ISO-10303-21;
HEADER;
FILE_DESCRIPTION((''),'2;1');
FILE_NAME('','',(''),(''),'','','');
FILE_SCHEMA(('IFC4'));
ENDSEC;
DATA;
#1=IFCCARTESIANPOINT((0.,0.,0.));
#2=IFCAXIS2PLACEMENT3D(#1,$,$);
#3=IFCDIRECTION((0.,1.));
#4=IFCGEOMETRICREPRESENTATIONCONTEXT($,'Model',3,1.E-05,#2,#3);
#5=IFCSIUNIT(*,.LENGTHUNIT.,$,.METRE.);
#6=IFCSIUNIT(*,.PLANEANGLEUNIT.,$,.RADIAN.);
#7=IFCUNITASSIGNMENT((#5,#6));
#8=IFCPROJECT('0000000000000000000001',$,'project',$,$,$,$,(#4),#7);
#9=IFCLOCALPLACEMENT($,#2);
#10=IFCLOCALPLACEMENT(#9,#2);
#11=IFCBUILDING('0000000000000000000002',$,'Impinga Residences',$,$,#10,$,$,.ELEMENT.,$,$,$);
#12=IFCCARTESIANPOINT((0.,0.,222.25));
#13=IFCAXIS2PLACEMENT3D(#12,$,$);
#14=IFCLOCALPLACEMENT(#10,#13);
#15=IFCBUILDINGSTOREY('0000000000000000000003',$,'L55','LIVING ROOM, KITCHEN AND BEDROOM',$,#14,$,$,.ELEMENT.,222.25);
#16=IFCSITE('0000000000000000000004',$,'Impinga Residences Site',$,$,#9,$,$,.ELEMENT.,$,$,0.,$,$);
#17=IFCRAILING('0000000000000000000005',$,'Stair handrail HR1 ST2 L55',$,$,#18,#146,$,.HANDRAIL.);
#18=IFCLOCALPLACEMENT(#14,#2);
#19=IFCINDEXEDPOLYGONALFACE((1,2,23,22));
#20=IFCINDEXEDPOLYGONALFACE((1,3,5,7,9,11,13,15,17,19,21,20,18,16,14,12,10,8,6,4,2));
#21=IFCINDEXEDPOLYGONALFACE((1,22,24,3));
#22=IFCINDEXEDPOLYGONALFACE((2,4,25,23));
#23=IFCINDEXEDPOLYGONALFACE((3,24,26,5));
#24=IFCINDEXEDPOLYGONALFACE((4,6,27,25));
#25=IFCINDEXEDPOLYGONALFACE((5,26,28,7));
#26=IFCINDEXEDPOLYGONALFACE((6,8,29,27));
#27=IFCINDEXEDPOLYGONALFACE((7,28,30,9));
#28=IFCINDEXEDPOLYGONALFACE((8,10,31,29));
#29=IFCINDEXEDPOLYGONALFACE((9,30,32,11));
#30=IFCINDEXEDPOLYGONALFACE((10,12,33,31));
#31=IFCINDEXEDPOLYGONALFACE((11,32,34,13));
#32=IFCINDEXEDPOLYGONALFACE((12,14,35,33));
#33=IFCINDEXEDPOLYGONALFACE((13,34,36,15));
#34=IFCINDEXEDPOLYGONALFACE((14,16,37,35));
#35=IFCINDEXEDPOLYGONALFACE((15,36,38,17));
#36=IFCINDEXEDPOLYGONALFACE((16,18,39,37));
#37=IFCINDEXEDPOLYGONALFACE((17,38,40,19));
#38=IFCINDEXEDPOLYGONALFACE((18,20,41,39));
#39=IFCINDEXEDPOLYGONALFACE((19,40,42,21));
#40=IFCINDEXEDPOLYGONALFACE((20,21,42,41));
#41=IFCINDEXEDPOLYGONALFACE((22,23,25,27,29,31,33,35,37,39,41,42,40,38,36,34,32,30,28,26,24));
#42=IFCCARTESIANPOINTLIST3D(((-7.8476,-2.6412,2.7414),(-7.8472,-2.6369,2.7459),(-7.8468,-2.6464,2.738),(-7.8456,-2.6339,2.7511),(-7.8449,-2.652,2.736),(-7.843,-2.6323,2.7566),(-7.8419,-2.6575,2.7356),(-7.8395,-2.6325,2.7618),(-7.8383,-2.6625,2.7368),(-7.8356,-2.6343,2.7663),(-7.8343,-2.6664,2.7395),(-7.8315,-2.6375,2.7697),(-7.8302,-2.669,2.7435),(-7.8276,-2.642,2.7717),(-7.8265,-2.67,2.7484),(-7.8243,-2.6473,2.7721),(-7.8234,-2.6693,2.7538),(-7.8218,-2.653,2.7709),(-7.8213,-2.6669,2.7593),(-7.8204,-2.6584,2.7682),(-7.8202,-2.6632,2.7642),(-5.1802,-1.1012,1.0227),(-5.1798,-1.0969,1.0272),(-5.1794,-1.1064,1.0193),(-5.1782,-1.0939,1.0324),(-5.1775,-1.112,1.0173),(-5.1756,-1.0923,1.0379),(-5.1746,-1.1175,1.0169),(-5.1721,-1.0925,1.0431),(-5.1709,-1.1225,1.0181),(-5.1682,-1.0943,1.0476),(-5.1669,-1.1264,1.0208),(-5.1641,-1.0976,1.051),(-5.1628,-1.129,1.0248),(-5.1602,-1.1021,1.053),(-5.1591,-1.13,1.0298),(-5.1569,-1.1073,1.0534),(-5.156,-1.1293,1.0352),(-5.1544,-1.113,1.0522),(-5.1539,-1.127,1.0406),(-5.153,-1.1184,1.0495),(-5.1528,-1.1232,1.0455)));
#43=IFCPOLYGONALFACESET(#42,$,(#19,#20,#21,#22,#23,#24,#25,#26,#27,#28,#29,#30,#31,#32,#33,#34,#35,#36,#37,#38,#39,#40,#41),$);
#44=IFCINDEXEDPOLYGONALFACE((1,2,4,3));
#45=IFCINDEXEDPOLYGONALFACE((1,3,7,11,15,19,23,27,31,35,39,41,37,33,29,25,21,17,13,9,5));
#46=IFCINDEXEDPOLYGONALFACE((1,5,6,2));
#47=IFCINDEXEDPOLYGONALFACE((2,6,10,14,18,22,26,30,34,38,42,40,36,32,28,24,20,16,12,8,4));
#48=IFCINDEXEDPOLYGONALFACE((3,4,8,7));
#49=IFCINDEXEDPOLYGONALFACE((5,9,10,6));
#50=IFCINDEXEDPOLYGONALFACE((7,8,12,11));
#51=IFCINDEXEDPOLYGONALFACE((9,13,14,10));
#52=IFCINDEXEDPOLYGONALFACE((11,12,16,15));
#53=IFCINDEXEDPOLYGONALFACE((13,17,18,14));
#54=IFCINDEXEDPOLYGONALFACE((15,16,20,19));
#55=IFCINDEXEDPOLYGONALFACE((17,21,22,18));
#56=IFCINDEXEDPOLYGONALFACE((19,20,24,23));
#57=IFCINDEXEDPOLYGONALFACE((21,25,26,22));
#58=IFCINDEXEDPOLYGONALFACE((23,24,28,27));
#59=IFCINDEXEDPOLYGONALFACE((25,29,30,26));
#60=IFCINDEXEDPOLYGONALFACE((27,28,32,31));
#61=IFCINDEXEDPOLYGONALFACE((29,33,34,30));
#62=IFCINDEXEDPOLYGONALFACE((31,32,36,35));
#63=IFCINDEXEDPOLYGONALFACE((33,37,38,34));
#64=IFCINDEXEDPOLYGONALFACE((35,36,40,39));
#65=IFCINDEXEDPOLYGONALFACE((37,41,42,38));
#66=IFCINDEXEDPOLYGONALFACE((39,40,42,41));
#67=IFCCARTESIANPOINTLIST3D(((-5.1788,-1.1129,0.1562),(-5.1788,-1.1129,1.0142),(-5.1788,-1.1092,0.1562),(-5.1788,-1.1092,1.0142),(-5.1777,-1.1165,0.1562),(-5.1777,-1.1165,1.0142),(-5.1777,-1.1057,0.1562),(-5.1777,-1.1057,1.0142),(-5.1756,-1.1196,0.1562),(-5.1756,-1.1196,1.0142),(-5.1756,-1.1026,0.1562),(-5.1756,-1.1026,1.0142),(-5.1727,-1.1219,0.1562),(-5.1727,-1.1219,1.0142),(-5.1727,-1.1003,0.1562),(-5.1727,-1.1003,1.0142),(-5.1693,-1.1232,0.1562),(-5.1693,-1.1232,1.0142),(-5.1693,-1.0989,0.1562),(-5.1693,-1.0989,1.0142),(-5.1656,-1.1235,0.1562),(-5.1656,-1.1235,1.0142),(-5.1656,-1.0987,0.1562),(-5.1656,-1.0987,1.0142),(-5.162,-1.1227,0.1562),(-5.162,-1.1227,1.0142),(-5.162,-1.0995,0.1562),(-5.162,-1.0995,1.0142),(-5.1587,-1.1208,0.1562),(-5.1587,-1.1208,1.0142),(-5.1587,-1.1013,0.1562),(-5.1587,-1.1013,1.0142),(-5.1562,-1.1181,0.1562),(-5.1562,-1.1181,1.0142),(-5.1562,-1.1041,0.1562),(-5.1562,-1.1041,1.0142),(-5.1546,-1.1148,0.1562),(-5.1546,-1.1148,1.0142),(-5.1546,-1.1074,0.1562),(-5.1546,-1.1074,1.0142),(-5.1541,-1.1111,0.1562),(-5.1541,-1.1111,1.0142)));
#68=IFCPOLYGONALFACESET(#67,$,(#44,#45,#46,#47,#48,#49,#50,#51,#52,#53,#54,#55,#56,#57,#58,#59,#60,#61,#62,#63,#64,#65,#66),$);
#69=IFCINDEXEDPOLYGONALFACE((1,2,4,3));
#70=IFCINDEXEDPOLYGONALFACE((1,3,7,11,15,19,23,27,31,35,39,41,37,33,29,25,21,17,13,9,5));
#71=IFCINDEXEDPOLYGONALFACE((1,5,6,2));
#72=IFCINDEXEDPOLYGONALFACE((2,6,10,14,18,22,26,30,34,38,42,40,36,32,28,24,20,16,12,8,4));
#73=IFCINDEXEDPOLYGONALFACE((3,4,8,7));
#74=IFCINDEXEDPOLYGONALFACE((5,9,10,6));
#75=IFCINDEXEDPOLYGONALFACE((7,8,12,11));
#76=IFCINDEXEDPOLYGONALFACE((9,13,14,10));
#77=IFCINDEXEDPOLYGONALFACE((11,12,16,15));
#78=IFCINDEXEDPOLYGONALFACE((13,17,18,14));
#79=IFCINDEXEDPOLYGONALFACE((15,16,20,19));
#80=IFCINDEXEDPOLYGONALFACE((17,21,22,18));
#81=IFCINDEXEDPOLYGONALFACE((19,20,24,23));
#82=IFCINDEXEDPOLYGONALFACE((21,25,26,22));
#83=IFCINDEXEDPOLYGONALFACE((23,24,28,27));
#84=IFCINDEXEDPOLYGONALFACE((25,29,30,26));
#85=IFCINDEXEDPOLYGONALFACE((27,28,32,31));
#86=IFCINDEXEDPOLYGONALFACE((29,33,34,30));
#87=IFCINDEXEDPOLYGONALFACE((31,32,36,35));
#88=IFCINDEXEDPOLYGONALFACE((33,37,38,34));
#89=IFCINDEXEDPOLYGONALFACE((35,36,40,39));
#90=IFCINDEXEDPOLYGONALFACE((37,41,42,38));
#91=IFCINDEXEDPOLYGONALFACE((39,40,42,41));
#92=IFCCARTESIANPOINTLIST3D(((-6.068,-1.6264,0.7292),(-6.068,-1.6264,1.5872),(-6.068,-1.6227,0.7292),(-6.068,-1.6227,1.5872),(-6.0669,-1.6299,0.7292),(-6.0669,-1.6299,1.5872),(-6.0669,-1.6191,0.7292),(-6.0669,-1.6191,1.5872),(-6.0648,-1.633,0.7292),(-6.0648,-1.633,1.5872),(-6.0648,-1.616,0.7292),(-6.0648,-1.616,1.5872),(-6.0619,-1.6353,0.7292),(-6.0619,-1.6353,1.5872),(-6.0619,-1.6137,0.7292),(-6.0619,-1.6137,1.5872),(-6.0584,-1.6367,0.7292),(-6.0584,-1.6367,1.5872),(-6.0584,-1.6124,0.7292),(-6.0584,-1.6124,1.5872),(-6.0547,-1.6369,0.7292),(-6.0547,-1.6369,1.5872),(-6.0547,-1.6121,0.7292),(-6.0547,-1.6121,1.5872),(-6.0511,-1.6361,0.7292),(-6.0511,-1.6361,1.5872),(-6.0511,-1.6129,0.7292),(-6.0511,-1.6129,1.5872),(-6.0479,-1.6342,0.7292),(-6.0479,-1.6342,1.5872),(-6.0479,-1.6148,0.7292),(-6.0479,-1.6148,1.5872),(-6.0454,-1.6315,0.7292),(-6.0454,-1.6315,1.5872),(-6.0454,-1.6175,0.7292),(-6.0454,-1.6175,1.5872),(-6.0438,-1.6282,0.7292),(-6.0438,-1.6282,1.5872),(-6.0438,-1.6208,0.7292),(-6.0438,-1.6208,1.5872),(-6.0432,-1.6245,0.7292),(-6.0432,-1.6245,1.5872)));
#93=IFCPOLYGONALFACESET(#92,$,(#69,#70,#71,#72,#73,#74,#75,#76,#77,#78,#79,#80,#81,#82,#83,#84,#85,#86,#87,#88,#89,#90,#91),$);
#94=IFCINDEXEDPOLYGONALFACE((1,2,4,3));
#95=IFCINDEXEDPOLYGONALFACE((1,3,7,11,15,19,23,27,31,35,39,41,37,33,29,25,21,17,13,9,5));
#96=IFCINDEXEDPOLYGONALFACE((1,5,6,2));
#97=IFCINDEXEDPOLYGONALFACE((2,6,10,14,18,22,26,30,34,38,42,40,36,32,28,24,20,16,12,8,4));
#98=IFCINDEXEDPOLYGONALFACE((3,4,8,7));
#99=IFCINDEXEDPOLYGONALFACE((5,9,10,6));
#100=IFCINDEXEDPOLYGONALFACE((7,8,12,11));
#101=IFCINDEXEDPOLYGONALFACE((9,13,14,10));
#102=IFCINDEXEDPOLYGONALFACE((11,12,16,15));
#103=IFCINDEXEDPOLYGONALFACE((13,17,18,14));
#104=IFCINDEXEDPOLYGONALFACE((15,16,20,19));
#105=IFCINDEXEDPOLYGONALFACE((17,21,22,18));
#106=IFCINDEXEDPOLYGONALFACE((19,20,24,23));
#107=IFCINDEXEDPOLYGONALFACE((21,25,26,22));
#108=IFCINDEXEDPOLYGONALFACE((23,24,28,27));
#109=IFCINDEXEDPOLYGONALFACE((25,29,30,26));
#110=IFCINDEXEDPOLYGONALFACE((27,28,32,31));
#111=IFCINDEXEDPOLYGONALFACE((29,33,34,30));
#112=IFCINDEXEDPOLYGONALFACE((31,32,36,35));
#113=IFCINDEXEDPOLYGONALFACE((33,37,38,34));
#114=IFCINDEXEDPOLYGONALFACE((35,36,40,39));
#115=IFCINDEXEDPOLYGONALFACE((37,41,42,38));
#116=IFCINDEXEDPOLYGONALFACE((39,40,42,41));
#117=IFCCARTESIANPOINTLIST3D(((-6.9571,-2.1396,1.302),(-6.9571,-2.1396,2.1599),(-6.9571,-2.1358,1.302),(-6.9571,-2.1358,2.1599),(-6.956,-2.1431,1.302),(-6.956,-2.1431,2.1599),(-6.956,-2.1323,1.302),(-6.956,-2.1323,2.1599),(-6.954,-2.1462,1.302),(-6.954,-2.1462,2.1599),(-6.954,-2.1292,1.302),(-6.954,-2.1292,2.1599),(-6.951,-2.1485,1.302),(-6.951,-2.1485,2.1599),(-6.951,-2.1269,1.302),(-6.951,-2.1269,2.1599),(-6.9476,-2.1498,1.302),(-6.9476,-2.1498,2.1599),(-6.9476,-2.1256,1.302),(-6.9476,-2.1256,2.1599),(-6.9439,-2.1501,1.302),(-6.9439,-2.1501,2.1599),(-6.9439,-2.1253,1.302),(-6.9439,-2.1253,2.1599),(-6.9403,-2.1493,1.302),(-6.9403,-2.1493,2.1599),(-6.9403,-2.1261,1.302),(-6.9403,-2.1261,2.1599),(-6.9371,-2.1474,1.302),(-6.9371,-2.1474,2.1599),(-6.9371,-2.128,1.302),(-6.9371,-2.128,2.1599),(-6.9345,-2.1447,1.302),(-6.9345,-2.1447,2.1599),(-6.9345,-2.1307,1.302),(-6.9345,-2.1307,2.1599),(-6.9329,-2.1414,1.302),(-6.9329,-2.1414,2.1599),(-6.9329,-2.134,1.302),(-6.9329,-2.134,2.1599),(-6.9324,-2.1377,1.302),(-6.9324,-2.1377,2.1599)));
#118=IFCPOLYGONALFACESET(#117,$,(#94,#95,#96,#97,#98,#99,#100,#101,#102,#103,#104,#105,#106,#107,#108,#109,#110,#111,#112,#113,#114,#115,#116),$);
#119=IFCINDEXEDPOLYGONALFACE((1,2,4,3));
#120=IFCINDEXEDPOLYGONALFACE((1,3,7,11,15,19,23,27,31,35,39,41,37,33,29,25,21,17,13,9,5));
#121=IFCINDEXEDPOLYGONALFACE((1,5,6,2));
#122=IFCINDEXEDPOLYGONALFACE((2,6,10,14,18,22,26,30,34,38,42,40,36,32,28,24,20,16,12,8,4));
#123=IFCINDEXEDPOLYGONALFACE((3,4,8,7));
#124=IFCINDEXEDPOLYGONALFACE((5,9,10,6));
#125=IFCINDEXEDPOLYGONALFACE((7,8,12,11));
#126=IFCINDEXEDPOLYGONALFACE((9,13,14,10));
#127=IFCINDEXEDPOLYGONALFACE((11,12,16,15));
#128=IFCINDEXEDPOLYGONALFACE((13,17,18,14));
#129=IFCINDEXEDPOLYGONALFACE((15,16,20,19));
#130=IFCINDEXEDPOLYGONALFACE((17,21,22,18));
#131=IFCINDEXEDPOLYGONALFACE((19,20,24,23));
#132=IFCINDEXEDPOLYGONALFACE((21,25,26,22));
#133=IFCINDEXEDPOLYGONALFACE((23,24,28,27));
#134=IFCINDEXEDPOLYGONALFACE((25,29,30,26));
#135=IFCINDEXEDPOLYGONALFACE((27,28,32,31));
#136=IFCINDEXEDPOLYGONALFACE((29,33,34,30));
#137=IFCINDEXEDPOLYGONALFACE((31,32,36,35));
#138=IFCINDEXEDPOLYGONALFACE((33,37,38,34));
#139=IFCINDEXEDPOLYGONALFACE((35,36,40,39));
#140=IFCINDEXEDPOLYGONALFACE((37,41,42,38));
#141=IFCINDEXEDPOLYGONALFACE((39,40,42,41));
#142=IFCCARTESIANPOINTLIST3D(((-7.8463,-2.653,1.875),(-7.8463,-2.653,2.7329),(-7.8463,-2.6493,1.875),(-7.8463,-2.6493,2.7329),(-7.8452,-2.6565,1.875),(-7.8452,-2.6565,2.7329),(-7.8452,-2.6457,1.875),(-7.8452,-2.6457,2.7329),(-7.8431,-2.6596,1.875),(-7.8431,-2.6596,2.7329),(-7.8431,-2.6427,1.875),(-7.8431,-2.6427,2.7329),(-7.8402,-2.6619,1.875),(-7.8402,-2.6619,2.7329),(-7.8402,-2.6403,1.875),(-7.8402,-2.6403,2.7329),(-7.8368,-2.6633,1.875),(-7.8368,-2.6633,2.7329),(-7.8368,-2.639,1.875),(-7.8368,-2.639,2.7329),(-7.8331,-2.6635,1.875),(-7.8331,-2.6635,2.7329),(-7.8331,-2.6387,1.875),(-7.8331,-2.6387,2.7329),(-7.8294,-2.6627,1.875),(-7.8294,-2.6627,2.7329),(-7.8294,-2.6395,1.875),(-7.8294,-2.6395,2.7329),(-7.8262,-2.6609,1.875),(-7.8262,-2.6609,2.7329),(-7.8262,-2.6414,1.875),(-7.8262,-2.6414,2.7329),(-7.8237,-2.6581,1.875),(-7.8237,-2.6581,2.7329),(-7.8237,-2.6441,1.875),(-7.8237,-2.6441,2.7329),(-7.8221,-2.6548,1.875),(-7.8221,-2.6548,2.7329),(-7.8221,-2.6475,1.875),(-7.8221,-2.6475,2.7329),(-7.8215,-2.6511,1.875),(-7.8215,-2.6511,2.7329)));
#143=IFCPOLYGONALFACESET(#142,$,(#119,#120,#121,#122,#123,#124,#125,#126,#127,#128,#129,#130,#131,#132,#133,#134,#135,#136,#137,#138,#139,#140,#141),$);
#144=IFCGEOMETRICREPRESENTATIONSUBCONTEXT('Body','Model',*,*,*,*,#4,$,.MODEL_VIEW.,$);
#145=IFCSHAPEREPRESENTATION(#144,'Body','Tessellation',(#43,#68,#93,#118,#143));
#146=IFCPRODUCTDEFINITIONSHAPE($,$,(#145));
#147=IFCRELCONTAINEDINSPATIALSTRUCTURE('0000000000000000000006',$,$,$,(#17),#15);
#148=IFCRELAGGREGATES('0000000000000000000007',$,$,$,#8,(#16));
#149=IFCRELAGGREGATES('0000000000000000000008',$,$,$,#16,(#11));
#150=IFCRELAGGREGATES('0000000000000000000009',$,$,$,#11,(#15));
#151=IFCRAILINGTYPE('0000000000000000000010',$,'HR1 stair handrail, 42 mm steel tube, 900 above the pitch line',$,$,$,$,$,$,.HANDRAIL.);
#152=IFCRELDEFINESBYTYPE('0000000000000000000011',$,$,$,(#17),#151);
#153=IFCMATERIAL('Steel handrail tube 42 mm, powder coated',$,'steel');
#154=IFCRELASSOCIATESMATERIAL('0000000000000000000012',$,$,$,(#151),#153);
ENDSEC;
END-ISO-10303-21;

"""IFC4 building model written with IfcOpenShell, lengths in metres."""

from ifc_helpers import new_model, si_unit, direction, frame, origin, origin_2d, place, context, subcontext, project, spatial, circle, extrude, material, type_object, element, save


model = new_model("IFC4")

# Units and contexts
model_context = context("Model", 3, precision=1e-05, world=origin(), true_north=direction((0.0, 1.0)))
body_context = subcontext(model_context, "Body", "Model", "MODEL_VIEW")
ifc_project = project(units=[si_unit("LENGTHUNIT", "METRE"), si_unit("PLANEANGLEUNIT", "RADIAN")], contexts=[model_context])

# Site, building, storey
site_placement = place(None, origin())
site = spatial("IfcSite", under=ifc_project, at=site_placement, Name="Impinga Residences Site", CompositionType="ELEMENT", RefElevation=0.0)
building_placement = place(site_placement, origin())
building = spatial("IfcBuilding", under=site, at=building_placement, Name="Impinga Residences", CompositionType="ELEMENT")
storey_placement = place(building_placement, frame((0.0, 0.0, 222.25)))
storey = spatial("IfcBuildingStorey", under=building, at=storey_placement, Name="L55", Description="LIVING ROOM, KITCHEN AND BEDROOM", CompositionType="ELEMENT", Elevation=222.25)

# Railing
ifc_material_1 = material(Name="Steel handrail tube 42 mm, powder coated", Category="steel")
railing_type_1 = type_object("IfcRailingType", Name="HR1 stair handrail, 42 mm steel tube, 900 above the pitch line", PredefinedType="HANDRAIL", material=ifc_material_1)
railing_1_placement = place(storey_placement, frame((-5.1665, -1.1111, 0.1562)))
element("IfcRailing", 1, at=railing_1_placement, inside=storey, type_object=railing_type_1, Name="Stair handrail HR1 ST2 L55", PredefinedType="HANDRAIL", context=body_context, shape_type="SweptSolid", body=[
    extrude(circle(Radius=0.021, at=origin_2d()), frame((0.0, 0.0, 0.8789), z_axis=(-0.756256, -0.436616, 0.487282), x_axis=(0.499992, -0.86603, 0.0)), (0.0, 0.0, 1.0), 3.5271),
    extrude(circle(Radius=0.0125, at=origin_2d()), origin(), (0.0, 0.0, 1.0), 0.8579),
    extrude(circle(Radius=0.0125, at=origin_2d()), frame((-0.8892, -0.5134, 0.573)), (0.0, 0.0, 1.0), 0.8579),
    extrude(circle(Radius=0.0125, at=origin_2d()), frame((-1.7783, -1.0266, 1.1458)), (0.0, 0.0, 1.0), 0.8579),
    extrude(circle(Radius=0.0125, at=origin_2d()), frame((-2.6675, -1.54, 1.7188)), (0.0, 0.0, 1.0), 0.8579),
])

save(model, "model.ifc")
